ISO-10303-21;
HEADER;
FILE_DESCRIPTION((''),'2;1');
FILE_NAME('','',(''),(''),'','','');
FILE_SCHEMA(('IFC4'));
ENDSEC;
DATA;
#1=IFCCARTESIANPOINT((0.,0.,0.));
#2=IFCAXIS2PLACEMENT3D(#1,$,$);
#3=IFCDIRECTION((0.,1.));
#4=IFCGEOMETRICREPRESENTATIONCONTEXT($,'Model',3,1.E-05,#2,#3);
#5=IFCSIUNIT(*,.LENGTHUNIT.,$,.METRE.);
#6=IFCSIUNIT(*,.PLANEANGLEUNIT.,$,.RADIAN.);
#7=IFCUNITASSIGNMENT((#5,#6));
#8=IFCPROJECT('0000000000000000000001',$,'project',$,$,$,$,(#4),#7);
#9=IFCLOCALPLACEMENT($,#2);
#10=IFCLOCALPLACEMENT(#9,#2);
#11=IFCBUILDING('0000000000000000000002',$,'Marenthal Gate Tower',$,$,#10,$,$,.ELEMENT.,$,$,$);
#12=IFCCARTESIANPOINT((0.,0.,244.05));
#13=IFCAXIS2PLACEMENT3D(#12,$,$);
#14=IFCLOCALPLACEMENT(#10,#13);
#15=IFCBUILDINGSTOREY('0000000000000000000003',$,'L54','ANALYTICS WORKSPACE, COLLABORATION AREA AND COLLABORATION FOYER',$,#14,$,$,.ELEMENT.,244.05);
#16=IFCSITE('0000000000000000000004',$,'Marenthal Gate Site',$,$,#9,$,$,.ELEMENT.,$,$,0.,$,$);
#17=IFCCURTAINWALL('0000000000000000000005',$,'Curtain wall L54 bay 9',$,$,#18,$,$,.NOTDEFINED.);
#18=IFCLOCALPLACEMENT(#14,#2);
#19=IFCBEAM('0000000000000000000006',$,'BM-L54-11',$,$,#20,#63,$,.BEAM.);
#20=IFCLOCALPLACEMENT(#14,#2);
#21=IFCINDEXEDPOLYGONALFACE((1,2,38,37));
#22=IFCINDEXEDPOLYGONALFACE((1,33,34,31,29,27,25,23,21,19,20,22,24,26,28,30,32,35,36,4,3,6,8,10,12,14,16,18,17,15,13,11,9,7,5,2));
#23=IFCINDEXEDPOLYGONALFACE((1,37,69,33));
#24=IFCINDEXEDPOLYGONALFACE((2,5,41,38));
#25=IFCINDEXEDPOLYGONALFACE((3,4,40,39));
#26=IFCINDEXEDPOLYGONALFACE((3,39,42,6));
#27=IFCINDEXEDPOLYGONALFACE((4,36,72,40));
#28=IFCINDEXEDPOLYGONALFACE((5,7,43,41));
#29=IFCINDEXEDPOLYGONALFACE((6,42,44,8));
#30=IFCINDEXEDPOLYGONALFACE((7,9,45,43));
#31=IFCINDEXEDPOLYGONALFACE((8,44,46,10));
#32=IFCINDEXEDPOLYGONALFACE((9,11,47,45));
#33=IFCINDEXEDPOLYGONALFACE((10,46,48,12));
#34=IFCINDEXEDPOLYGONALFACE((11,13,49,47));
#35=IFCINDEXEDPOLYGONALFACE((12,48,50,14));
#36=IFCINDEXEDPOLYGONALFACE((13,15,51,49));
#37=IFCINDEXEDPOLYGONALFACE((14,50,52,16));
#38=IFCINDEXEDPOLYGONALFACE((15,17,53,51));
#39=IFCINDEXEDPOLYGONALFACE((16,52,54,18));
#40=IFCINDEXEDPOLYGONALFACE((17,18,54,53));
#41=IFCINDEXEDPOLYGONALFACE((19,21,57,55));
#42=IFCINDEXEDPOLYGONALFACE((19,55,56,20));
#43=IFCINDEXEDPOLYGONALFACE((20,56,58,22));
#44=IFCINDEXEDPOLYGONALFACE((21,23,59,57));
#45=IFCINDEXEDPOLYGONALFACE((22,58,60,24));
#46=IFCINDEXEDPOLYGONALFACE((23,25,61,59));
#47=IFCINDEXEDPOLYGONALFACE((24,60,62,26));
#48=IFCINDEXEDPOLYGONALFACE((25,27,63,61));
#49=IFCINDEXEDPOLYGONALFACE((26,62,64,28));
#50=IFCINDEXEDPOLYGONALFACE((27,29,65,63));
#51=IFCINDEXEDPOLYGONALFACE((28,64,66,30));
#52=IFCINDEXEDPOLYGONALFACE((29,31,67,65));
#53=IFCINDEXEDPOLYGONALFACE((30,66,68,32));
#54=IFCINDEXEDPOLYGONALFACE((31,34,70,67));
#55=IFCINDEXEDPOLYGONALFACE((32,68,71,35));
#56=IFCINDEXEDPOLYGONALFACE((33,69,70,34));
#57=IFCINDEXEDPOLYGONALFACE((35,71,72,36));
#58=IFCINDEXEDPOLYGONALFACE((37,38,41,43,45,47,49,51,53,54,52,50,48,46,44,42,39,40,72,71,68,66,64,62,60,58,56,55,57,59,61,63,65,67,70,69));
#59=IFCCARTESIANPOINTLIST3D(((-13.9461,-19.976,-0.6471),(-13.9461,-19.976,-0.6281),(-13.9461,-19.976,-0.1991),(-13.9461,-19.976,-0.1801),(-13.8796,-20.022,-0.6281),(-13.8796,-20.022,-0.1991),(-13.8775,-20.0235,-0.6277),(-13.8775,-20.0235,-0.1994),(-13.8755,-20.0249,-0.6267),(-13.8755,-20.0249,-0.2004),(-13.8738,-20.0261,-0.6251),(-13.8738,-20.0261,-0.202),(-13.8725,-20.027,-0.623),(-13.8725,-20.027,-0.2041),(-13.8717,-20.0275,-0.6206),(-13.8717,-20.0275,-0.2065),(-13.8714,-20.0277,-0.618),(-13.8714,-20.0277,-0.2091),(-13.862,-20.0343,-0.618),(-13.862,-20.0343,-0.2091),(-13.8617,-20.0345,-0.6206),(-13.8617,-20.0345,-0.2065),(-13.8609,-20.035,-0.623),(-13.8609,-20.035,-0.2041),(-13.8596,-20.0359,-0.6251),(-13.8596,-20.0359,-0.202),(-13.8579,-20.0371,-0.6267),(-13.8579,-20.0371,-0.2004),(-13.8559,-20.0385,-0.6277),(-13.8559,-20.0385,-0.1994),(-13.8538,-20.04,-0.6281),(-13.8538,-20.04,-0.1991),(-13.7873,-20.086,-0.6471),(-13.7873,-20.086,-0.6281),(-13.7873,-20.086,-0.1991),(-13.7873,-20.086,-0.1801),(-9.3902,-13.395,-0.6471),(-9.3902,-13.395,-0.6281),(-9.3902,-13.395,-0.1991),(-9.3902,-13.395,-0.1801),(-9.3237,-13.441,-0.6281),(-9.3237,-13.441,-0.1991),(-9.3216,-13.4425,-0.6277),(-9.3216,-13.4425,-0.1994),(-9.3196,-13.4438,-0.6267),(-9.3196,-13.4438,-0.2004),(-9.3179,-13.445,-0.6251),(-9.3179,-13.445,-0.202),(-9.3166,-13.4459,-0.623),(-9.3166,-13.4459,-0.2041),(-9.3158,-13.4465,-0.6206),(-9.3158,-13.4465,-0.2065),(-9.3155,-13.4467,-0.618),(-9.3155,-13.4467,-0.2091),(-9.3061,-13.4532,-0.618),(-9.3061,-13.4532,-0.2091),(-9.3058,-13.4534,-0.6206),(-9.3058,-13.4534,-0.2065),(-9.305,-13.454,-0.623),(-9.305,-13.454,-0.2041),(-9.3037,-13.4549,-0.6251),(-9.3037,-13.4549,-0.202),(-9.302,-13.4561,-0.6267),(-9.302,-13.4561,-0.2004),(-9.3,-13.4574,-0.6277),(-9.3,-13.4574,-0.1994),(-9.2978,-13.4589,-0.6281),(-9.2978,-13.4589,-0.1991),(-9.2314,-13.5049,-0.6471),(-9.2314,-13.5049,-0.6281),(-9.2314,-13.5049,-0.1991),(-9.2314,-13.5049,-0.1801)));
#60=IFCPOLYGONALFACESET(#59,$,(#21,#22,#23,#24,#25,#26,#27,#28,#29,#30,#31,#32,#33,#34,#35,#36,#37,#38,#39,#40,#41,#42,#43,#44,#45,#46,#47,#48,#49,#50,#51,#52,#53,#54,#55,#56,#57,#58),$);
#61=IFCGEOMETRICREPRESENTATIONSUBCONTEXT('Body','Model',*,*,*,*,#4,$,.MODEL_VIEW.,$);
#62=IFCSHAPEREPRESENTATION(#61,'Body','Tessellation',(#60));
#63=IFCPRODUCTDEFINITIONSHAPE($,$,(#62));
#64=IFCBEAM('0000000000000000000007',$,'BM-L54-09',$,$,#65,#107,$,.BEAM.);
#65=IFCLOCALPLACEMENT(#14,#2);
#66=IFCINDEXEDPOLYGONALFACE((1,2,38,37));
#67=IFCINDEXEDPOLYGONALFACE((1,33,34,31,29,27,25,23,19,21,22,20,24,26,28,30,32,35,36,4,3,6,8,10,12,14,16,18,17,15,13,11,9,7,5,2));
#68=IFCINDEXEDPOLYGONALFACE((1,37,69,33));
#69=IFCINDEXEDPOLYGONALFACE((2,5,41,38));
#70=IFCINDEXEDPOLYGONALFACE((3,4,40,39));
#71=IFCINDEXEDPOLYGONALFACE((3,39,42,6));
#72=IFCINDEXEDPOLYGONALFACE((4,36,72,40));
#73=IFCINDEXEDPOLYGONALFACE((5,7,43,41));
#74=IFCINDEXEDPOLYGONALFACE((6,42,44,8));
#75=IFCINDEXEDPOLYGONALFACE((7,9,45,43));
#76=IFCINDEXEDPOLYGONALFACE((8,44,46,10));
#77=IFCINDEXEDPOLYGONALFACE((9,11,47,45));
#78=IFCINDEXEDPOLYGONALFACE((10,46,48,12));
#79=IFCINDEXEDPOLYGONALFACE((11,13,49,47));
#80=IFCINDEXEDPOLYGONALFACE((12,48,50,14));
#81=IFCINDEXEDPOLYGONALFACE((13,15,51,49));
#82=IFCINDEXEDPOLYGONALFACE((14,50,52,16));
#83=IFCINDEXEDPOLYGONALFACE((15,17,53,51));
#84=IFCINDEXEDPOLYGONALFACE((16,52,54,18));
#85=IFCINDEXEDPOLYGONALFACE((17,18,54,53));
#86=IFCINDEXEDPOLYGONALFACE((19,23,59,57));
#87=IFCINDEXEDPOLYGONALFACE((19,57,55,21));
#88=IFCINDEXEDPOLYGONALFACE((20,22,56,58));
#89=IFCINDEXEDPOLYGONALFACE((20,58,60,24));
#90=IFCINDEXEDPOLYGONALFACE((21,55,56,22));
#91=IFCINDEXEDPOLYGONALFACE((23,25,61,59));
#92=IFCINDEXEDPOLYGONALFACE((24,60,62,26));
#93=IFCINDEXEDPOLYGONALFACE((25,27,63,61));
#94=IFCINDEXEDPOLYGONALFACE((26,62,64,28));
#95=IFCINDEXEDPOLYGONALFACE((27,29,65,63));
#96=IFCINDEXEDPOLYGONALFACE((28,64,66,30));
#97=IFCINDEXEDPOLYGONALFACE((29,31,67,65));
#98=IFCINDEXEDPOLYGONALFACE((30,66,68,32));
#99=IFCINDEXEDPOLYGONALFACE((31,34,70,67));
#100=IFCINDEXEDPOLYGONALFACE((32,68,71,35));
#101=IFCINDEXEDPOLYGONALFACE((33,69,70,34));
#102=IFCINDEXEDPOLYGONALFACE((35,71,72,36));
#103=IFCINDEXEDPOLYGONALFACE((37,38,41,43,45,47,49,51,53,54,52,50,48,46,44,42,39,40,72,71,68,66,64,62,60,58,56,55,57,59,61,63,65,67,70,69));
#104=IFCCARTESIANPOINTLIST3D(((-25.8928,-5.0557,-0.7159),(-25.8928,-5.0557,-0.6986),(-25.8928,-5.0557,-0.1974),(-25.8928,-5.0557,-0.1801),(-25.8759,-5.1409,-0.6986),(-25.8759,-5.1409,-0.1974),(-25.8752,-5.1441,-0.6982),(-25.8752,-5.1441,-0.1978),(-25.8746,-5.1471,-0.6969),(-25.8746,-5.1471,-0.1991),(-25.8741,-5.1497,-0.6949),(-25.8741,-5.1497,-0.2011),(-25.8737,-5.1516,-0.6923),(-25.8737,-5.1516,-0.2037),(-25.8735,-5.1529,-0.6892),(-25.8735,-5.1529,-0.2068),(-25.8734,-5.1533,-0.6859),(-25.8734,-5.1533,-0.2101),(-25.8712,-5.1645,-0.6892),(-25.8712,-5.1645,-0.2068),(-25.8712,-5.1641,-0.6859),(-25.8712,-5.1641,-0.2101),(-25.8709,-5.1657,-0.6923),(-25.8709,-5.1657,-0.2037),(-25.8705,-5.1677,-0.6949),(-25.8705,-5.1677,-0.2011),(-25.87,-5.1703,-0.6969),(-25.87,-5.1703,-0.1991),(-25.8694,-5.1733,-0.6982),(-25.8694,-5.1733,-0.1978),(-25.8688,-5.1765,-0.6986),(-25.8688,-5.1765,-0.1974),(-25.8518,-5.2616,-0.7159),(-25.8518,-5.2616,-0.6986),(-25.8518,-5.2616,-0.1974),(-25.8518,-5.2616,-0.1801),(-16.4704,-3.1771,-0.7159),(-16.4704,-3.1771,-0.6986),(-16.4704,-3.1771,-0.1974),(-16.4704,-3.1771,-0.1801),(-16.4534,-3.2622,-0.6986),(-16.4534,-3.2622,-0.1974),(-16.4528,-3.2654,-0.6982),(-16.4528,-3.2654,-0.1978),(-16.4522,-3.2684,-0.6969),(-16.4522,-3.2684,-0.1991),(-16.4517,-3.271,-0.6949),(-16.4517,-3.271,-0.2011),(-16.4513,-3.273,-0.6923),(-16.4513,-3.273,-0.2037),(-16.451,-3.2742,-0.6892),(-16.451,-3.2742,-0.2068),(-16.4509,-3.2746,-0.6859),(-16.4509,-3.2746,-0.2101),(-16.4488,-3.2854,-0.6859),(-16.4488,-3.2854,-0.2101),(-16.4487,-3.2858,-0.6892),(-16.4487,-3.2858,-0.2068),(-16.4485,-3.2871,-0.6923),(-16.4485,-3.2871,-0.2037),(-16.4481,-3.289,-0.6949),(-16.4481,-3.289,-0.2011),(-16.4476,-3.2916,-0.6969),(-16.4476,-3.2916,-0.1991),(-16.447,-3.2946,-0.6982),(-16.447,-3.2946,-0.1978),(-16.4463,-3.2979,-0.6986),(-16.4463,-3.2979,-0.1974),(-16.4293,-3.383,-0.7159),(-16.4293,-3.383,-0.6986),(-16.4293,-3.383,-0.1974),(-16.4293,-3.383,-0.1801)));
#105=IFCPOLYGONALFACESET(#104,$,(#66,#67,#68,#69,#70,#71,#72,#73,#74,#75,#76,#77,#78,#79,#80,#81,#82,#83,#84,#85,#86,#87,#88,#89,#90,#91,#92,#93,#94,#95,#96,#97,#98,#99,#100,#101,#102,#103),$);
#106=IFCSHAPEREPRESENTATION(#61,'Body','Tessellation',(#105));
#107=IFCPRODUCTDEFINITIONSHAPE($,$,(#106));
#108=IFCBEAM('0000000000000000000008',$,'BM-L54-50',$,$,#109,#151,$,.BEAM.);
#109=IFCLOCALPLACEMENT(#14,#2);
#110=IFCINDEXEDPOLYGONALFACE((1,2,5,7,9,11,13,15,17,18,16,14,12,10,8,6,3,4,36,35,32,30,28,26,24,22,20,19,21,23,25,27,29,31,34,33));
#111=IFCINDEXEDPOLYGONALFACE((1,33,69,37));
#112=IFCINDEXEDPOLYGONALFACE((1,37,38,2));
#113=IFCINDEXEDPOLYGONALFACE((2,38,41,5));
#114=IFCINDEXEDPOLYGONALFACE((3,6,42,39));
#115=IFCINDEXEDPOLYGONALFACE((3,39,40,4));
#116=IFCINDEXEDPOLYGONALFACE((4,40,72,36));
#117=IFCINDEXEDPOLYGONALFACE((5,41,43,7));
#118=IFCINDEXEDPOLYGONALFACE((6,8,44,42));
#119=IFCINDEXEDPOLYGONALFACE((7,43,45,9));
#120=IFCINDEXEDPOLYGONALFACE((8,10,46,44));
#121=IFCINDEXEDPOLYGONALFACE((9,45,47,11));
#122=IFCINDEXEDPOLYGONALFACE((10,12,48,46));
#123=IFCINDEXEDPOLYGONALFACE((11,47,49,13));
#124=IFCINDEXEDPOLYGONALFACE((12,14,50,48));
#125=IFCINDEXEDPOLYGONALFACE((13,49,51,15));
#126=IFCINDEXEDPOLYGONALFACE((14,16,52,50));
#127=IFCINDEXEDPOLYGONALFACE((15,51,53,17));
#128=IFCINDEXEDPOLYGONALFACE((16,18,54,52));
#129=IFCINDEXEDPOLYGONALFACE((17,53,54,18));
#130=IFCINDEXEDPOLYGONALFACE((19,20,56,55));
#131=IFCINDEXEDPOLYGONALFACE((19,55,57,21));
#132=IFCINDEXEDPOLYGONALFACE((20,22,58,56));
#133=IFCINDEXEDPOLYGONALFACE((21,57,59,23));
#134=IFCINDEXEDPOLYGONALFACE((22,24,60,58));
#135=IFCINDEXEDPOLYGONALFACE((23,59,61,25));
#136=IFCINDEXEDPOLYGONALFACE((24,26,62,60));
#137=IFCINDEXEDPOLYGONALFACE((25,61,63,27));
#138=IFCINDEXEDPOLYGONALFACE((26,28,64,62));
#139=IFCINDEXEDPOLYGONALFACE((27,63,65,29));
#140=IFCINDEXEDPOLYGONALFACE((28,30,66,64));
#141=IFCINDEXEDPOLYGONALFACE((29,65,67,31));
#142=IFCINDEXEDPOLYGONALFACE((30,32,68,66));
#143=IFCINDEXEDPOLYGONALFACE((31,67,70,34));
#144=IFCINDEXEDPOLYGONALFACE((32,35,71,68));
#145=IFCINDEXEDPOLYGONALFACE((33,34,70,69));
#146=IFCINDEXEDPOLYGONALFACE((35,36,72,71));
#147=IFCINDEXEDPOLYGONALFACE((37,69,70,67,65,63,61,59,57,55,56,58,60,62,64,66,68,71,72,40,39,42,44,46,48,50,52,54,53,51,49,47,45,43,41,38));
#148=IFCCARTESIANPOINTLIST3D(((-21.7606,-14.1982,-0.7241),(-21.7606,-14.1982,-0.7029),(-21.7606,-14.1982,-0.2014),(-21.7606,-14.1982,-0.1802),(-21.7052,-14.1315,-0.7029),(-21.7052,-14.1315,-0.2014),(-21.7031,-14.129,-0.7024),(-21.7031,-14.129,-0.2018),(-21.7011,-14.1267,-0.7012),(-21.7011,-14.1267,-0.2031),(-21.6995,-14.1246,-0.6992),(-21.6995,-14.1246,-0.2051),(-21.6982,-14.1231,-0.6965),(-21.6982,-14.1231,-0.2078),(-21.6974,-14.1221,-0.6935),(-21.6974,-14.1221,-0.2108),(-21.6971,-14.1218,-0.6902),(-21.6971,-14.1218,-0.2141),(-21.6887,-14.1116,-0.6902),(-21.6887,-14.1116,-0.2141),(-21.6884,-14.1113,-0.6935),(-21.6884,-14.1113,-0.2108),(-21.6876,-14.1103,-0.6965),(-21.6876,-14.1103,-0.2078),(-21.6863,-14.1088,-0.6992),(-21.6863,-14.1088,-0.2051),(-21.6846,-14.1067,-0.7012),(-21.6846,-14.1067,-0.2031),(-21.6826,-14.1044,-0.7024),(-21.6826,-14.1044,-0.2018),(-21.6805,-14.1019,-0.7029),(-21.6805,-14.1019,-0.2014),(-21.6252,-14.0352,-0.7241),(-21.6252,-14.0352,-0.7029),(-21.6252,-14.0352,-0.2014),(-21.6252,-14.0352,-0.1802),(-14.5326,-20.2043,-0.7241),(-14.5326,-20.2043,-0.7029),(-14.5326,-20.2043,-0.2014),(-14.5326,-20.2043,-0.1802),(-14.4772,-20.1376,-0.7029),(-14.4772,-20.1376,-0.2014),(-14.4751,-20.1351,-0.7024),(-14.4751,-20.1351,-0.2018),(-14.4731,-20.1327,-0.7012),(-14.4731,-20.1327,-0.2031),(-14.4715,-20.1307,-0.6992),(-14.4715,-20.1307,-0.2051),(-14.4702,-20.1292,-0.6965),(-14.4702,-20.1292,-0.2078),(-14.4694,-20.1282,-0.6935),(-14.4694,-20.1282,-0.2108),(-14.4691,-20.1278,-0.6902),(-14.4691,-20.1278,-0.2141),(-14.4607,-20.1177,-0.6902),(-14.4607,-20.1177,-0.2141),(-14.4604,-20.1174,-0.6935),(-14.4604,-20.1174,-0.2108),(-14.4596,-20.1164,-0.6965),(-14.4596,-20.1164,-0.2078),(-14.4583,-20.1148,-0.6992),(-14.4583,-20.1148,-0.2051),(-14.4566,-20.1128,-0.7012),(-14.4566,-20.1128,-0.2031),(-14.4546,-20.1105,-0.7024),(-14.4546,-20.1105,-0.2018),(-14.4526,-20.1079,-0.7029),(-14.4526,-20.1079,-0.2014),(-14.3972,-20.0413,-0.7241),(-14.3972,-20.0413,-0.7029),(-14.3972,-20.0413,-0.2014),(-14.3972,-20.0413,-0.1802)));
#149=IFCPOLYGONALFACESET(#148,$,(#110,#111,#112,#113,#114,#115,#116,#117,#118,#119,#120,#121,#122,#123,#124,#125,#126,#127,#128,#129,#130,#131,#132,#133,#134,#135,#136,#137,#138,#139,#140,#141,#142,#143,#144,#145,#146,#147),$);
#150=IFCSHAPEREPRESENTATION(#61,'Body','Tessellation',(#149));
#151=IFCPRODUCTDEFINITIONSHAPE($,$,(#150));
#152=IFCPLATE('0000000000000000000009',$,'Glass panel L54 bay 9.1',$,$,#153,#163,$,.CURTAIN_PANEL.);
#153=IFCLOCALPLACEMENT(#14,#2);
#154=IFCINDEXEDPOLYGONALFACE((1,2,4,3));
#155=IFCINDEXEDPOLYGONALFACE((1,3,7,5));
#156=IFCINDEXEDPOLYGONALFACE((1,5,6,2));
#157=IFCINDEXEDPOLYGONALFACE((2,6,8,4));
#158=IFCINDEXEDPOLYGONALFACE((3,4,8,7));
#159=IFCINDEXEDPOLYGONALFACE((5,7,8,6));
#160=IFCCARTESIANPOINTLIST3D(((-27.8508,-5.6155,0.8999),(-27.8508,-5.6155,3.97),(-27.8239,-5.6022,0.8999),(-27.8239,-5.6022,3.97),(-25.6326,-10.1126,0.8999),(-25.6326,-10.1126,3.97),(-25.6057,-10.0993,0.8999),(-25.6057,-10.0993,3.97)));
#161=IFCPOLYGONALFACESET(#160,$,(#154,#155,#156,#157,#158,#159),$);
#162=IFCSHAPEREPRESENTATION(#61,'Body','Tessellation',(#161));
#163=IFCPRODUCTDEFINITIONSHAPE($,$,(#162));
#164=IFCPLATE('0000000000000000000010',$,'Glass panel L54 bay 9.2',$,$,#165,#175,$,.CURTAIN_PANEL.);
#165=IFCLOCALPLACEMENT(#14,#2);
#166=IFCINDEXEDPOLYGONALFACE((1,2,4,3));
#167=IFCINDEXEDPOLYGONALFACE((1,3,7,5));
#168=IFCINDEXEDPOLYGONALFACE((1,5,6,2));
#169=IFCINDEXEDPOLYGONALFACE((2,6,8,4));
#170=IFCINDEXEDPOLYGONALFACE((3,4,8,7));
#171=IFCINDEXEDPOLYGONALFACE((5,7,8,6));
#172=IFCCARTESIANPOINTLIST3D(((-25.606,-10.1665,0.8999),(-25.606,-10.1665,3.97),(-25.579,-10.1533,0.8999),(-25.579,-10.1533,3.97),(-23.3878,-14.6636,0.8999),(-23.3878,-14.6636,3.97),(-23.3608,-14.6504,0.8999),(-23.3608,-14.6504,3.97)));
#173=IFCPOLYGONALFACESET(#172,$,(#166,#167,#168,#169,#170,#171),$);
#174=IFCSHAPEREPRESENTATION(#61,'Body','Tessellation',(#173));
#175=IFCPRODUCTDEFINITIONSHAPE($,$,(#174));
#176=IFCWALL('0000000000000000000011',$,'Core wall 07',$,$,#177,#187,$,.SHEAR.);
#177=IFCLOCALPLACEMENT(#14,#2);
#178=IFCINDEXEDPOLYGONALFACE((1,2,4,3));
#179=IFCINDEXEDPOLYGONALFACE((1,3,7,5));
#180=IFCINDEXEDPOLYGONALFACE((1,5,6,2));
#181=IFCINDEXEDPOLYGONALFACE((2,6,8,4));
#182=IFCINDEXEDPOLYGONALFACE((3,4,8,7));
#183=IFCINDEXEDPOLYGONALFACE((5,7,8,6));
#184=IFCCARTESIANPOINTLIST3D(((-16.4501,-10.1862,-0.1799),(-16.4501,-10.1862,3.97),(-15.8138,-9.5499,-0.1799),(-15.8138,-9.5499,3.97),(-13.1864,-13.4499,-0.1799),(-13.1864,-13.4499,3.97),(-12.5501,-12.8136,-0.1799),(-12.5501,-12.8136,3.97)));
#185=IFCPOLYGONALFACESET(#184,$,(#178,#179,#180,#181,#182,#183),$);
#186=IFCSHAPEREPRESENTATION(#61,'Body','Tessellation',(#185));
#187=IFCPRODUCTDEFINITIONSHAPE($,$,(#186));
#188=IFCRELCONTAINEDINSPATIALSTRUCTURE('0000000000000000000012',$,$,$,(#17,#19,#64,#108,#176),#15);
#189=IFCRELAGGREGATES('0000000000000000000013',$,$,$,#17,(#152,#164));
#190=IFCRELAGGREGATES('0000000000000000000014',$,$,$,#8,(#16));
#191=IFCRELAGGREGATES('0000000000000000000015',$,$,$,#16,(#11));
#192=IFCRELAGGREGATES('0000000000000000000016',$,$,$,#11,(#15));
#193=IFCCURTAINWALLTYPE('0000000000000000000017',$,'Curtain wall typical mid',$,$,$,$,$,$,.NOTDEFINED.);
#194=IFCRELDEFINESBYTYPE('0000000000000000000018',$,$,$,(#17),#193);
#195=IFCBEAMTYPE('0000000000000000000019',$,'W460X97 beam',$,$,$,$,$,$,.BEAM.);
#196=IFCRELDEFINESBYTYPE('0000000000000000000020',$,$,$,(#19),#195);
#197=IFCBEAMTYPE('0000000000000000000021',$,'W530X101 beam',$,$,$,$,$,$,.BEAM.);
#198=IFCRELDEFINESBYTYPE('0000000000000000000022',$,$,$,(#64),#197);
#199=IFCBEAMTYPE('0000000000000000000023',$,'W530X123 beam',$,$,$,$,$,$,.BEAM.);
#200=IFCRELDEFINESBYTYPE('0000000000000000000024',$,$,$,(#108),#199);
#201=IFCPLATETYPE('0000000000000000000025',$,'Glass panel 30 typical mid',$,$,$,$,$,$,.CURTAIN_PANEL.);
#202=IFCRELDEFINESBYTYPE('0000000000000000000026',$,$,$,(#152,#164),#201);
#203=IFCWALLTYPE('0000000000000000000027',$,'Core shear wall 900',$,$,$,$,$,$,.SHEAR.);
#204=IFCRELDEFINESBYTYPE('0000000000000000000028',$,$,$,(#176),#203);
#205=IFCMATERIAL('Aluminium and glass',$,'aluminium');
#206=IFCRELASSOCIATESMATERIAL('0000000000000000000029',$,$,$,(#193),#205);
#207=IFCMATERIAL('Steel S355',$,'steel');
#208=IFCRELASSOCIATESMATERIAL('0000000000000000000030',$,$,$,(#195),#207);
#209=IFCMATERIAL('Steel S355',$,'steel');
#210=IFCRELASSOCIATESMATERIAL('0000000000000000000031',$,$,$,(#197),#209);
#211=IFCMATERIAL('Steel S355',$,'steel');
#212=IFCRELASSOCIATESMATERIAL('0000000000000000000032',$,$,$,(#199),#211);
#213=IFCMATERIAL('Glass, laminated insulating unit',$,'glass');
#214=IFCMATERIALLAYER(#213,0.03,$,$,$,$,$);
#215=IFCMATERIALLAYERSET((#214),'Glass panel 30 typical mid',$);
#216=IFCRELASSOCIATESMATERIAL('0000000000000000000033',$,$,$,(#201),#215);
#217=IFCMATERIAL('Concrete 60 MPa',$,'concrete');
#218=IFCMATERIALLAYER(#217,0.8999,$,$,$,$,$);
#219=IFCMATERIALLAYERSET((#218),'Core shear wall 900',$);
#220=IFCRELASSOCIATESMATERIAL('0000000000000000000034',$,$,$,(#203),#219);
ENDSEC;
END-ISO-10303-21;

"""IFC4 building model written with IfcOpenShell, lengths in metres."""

from ifc_helpers import new_model, si_unit, direction, frame, frame_2d, origin, origin_2d, place, context, subcontext, project, spatial, rectangle, i_section, extrude, material, layer, layer_set, material_profile, profile_set, type_object, element, aggregate, save


model = new_model("IFC4")

# Units and contexts
model_context = context("Model", 3, precision=1e-05, world=origin(), true_north=direction((0.0, 1.0)))
body_context = subcontext(model_context, "Body", "Model", "MODEL_VIEW")
ifc_project = project(units=[si_unit("LENGTHUNIT", "METRE"), si_unit("PLANEANGLEUNIT", "RADIAN")], contexts=[model_context])

# Site, building, storey
site_placement = place(None, origin())
site = spatial("IfcSite", under=ifc_project, at=site_placement, Name="Marenthal Gate Site", CompositionType="ELEMENT", RefElevation=0.0)
building_placement = place(site_placement, origin())
building = spatial("IfcBuilding", under=site, at=building_placement, Name="Marenthal Gate Tower", CompositionType="ELEMENT")
storey_placement = place(building_placement, frame((0.0, 0.0, 244.05)))
storey = spatial("IfcBuildingStorey", under=building, at=storey_placement, Name="L54", Description="ANALYTICS WORKSPACE, COLLABORATION AREA AND COLLABORATION FOYER", CompositionType="ELEMENT", Elevation=244.05)

# Curtain wall
ifc_material_1 = material(Name="Aluminium and glass", Category="aluminium")
curtain_wall_type = type_object("IfcCurtainWallType", Name="Curtain wall typical mid", PredefinedType="NOTDEFINED", material=ifc_material_1)
curtain_wall_1_placement = place(storey_placement, origin())
curtain_wall_1 = element("IfcCurtainWall", 1, at=curtain_wall_1_placement, inside=storey, type_object=curtain_wall_type, Name="Curtain wall L54 bay 9", PredefinedType="NOTDEFINED")

# Beams
ifc_material_2 = material(Name="Steel S355", Category="steel")
ifc_material_profile_1 = material_profile(ifc_material_2, i_section(OverallWidth=0.1931, OverallDepth=0.467, WebThickness=0.0115, FlangeThickness=0.019, FilletRadius=0.01, at=origin_2d()), Name="W460X97")
ifc_profile_set_1 = profile_set([ifc_material_profile_1], Name="Steel S355")
beam_type_1 = type_object("IfcBeamType", Name="W460X97 beam", PredefinedType="BEAM", material=ifc_profile_set_1)
beam_1_placement = place(storey_placement, frame((-13.8667, -20.031, -0.4136), z_axis=(0.569193, 0.822204, 0.0), x_axis=(-0.822204, 0.569193, 0.0)))
element("IfcBeam", 2, at=beam_1_placement, inside=storey, type_object=beam_type_1, Name="BM-L54-11", PredefinedType="BEAM", context=body_context, shape_type="SweptSolid", body=[
    extrude(i_section(OverallWidth=0.1931, OverallDepth=0.467, WebThickness=0.0115, FlangeThickness=0.019, FilletRadius=0.01, at=origin_2d()), origin(), (0.0, 0.0, 1.0), 8.0042),
])
ifc_material_3 = material(Name="Steel S355", Category="steel")
ifc_material_profile_2 = material_profile(ifc_material_3, i_section(OverallWidth=0.21, OverallDepth=0.5359, WebThickness=0.011, FlangeThickness=0.0173, FilletRadius=0.0127, at=origin_2d()), Name="W530X101")
ifc_profile_set_2 = profile_set([ifc_material_profile_2], Name="Steel S355")
beam_type_2 = type_object("IfcBeamType", Name="W530X101 beam", PredefinedType="BEAM", material=ifc_profile_set_2)
beam_2_placement = place(storey_placement, frame((-25.8723, -5.1587, -0.448), z_axis=(0.980697, 0.195535, 0.0), x_axis=(-0.195535, 0.980697, 0.0)))
element("IfcBeam", 3, at=beam_2_placement, inside=storey, type_object=beam_type_2, Name="BM-L54-09", PredefinedType="BEAM", context=body_context, shape_type="SweptSolid", body=[
    extrude(i_section(OverallWidth=0.21, OverallDepth=0.5359, WebThickness=0.011, FlangeThickness=0.0173, FilletRadius=0.0127, at=origin_2d()), origin(), (0.0, 0.0, 1.0), 9.6079),
])
ifc_material_4 = material(Name="Steel S355", Category="steel")
ifc_material_profile_3 = material_profile(ifc_material_4, i_section(OverallWidth=0.2119, OverallDepth=0.5439, WebThickness=0.0132, FlangeThickness=0.0212, FilletRadius=0.0127, at=origin_2d()), Name="W530X123")
ifc_profile_set_3 = profile_set([ifc_material_profile_3], Name="Steel S355")
beam_type_3 = type_object("IfcBeamType", Name="W530X123 beam", PredefinedType="BEAM", material=ifc_profile_set_3)
beam_3_placement = place(storey_placement, frame((-21.6929, -14.1167, -0.4521), z_axis=(0.769123, -0.6391, 0.0), x_axis=(0.6391, 0.769123, 0.0)))
element("IfcBeam", 4, at=beam_3_placement, inside=storey, type_object=beam_type_3, Name="BM-L54-50", PredefinedType="BEAM", context=body_context, shape_type="SweptSolid", body=[
    extrude(i_section(OverallWidth=0.2119, OverallDepth=0.5439, WebThickness=0.0132, FlangeThickness=0.0212, FilletRadius=0.0127, at=origin_2d()), origin(), (0.0, 0.0, 1.0), 9.3977),
])

# Plates
ifc_material_5 = material(Name="Glass, laminated insulating unit", Category="glass")
ifc_layer_1 = layer(ifc_material_5, 0.03)
ifc_layer_set_1 = layer_set([ifc_layer_1], Name="Glass panel 30 typical mid")
plate_type = type_object("IfcPlateType", Name="Glass panel 30 typical mid", PredefinedType="CURTAIN_PANEL", material=ifc_layer_set_1)
plate_1_placement = place(storey_placement, frame((-26.7283, -7.8574, 0.8999), z_axis=(0.0, 0.0, 1.0), x_axis=(0.442364, -0.896835, 0.0)))
plate_1 = element("IfcPlate", 5, at=plate_1_placement, type_object=plate_type, Name="Glass panel L54 bay 9.1", PredefinedType="CURTAIN_PANEL", context=body_context, shape_type="SweptSolid", body=[
    extrude(rectangle(XDim=5.0144, YDim=0.03, at=origin_2d()), origin(), (0.0, 0.0, 1.0), 3.0701),
])
plate_2_placement = place(storey_placement, frame((-24.4834, -12.4084, 0.8999), z_axis=(0.0, 0.0, 1.0), x_axis=(0.442364, -0.896835, 0.0)))
plate_2 = element("IfcPlate", 6, at=plate_2_placement, type_object=plate_type, Name="Glass panel L54 bay 9.2", PredefinedType="CURTAIN_PANEL", context=body_context, shape_type="SweptSolid", body=[
    extrude(rectangle(XDim=5.0144, YDim=0.03, at=origin_2d()), origin(), (0.0, 0.0, 1.0), 3.0701),
])
aggregate(curtain_wall_1, [plate_1, plate_2])

# Wall
ifc_material_6 = material(Name="Concrete 60 MPa", Category="concrete")
ifc_layer_2 = layer(ifc_material_6, 0.8999)
ifc_layer_set_2 = layer_set([ifc_layer_2], Name="Core shear wall 900")
wall_type_1 = type_object("IfcWallType", Name="Core shear wall 900", PredefinedType="SHEAR", material=ifc_layer_set_2)
wall_1_placement = place(storey_placement, frame((-16.1318, -9.8682, -0.1799), z_axis=(0.0, 0.0, 1.0), x_axis=(0.707107, -0.707107, 0.0)))
element("IfcWall", 7, at=wall_1_placement, inside=storey, type_object=wall_type_1, Name="Core wall 07", PredefinedType="SHEAR", context=body_context, shape_type="SweptSolid", body=[
    extrude(rectangle(XDim=4.6155, YDim=0.8999, at=frame_2d((2.3076, 0.0))), origin(), (0.0, 0.0, 1.0), 4.1499),
])

save(model, "model.ifc")
